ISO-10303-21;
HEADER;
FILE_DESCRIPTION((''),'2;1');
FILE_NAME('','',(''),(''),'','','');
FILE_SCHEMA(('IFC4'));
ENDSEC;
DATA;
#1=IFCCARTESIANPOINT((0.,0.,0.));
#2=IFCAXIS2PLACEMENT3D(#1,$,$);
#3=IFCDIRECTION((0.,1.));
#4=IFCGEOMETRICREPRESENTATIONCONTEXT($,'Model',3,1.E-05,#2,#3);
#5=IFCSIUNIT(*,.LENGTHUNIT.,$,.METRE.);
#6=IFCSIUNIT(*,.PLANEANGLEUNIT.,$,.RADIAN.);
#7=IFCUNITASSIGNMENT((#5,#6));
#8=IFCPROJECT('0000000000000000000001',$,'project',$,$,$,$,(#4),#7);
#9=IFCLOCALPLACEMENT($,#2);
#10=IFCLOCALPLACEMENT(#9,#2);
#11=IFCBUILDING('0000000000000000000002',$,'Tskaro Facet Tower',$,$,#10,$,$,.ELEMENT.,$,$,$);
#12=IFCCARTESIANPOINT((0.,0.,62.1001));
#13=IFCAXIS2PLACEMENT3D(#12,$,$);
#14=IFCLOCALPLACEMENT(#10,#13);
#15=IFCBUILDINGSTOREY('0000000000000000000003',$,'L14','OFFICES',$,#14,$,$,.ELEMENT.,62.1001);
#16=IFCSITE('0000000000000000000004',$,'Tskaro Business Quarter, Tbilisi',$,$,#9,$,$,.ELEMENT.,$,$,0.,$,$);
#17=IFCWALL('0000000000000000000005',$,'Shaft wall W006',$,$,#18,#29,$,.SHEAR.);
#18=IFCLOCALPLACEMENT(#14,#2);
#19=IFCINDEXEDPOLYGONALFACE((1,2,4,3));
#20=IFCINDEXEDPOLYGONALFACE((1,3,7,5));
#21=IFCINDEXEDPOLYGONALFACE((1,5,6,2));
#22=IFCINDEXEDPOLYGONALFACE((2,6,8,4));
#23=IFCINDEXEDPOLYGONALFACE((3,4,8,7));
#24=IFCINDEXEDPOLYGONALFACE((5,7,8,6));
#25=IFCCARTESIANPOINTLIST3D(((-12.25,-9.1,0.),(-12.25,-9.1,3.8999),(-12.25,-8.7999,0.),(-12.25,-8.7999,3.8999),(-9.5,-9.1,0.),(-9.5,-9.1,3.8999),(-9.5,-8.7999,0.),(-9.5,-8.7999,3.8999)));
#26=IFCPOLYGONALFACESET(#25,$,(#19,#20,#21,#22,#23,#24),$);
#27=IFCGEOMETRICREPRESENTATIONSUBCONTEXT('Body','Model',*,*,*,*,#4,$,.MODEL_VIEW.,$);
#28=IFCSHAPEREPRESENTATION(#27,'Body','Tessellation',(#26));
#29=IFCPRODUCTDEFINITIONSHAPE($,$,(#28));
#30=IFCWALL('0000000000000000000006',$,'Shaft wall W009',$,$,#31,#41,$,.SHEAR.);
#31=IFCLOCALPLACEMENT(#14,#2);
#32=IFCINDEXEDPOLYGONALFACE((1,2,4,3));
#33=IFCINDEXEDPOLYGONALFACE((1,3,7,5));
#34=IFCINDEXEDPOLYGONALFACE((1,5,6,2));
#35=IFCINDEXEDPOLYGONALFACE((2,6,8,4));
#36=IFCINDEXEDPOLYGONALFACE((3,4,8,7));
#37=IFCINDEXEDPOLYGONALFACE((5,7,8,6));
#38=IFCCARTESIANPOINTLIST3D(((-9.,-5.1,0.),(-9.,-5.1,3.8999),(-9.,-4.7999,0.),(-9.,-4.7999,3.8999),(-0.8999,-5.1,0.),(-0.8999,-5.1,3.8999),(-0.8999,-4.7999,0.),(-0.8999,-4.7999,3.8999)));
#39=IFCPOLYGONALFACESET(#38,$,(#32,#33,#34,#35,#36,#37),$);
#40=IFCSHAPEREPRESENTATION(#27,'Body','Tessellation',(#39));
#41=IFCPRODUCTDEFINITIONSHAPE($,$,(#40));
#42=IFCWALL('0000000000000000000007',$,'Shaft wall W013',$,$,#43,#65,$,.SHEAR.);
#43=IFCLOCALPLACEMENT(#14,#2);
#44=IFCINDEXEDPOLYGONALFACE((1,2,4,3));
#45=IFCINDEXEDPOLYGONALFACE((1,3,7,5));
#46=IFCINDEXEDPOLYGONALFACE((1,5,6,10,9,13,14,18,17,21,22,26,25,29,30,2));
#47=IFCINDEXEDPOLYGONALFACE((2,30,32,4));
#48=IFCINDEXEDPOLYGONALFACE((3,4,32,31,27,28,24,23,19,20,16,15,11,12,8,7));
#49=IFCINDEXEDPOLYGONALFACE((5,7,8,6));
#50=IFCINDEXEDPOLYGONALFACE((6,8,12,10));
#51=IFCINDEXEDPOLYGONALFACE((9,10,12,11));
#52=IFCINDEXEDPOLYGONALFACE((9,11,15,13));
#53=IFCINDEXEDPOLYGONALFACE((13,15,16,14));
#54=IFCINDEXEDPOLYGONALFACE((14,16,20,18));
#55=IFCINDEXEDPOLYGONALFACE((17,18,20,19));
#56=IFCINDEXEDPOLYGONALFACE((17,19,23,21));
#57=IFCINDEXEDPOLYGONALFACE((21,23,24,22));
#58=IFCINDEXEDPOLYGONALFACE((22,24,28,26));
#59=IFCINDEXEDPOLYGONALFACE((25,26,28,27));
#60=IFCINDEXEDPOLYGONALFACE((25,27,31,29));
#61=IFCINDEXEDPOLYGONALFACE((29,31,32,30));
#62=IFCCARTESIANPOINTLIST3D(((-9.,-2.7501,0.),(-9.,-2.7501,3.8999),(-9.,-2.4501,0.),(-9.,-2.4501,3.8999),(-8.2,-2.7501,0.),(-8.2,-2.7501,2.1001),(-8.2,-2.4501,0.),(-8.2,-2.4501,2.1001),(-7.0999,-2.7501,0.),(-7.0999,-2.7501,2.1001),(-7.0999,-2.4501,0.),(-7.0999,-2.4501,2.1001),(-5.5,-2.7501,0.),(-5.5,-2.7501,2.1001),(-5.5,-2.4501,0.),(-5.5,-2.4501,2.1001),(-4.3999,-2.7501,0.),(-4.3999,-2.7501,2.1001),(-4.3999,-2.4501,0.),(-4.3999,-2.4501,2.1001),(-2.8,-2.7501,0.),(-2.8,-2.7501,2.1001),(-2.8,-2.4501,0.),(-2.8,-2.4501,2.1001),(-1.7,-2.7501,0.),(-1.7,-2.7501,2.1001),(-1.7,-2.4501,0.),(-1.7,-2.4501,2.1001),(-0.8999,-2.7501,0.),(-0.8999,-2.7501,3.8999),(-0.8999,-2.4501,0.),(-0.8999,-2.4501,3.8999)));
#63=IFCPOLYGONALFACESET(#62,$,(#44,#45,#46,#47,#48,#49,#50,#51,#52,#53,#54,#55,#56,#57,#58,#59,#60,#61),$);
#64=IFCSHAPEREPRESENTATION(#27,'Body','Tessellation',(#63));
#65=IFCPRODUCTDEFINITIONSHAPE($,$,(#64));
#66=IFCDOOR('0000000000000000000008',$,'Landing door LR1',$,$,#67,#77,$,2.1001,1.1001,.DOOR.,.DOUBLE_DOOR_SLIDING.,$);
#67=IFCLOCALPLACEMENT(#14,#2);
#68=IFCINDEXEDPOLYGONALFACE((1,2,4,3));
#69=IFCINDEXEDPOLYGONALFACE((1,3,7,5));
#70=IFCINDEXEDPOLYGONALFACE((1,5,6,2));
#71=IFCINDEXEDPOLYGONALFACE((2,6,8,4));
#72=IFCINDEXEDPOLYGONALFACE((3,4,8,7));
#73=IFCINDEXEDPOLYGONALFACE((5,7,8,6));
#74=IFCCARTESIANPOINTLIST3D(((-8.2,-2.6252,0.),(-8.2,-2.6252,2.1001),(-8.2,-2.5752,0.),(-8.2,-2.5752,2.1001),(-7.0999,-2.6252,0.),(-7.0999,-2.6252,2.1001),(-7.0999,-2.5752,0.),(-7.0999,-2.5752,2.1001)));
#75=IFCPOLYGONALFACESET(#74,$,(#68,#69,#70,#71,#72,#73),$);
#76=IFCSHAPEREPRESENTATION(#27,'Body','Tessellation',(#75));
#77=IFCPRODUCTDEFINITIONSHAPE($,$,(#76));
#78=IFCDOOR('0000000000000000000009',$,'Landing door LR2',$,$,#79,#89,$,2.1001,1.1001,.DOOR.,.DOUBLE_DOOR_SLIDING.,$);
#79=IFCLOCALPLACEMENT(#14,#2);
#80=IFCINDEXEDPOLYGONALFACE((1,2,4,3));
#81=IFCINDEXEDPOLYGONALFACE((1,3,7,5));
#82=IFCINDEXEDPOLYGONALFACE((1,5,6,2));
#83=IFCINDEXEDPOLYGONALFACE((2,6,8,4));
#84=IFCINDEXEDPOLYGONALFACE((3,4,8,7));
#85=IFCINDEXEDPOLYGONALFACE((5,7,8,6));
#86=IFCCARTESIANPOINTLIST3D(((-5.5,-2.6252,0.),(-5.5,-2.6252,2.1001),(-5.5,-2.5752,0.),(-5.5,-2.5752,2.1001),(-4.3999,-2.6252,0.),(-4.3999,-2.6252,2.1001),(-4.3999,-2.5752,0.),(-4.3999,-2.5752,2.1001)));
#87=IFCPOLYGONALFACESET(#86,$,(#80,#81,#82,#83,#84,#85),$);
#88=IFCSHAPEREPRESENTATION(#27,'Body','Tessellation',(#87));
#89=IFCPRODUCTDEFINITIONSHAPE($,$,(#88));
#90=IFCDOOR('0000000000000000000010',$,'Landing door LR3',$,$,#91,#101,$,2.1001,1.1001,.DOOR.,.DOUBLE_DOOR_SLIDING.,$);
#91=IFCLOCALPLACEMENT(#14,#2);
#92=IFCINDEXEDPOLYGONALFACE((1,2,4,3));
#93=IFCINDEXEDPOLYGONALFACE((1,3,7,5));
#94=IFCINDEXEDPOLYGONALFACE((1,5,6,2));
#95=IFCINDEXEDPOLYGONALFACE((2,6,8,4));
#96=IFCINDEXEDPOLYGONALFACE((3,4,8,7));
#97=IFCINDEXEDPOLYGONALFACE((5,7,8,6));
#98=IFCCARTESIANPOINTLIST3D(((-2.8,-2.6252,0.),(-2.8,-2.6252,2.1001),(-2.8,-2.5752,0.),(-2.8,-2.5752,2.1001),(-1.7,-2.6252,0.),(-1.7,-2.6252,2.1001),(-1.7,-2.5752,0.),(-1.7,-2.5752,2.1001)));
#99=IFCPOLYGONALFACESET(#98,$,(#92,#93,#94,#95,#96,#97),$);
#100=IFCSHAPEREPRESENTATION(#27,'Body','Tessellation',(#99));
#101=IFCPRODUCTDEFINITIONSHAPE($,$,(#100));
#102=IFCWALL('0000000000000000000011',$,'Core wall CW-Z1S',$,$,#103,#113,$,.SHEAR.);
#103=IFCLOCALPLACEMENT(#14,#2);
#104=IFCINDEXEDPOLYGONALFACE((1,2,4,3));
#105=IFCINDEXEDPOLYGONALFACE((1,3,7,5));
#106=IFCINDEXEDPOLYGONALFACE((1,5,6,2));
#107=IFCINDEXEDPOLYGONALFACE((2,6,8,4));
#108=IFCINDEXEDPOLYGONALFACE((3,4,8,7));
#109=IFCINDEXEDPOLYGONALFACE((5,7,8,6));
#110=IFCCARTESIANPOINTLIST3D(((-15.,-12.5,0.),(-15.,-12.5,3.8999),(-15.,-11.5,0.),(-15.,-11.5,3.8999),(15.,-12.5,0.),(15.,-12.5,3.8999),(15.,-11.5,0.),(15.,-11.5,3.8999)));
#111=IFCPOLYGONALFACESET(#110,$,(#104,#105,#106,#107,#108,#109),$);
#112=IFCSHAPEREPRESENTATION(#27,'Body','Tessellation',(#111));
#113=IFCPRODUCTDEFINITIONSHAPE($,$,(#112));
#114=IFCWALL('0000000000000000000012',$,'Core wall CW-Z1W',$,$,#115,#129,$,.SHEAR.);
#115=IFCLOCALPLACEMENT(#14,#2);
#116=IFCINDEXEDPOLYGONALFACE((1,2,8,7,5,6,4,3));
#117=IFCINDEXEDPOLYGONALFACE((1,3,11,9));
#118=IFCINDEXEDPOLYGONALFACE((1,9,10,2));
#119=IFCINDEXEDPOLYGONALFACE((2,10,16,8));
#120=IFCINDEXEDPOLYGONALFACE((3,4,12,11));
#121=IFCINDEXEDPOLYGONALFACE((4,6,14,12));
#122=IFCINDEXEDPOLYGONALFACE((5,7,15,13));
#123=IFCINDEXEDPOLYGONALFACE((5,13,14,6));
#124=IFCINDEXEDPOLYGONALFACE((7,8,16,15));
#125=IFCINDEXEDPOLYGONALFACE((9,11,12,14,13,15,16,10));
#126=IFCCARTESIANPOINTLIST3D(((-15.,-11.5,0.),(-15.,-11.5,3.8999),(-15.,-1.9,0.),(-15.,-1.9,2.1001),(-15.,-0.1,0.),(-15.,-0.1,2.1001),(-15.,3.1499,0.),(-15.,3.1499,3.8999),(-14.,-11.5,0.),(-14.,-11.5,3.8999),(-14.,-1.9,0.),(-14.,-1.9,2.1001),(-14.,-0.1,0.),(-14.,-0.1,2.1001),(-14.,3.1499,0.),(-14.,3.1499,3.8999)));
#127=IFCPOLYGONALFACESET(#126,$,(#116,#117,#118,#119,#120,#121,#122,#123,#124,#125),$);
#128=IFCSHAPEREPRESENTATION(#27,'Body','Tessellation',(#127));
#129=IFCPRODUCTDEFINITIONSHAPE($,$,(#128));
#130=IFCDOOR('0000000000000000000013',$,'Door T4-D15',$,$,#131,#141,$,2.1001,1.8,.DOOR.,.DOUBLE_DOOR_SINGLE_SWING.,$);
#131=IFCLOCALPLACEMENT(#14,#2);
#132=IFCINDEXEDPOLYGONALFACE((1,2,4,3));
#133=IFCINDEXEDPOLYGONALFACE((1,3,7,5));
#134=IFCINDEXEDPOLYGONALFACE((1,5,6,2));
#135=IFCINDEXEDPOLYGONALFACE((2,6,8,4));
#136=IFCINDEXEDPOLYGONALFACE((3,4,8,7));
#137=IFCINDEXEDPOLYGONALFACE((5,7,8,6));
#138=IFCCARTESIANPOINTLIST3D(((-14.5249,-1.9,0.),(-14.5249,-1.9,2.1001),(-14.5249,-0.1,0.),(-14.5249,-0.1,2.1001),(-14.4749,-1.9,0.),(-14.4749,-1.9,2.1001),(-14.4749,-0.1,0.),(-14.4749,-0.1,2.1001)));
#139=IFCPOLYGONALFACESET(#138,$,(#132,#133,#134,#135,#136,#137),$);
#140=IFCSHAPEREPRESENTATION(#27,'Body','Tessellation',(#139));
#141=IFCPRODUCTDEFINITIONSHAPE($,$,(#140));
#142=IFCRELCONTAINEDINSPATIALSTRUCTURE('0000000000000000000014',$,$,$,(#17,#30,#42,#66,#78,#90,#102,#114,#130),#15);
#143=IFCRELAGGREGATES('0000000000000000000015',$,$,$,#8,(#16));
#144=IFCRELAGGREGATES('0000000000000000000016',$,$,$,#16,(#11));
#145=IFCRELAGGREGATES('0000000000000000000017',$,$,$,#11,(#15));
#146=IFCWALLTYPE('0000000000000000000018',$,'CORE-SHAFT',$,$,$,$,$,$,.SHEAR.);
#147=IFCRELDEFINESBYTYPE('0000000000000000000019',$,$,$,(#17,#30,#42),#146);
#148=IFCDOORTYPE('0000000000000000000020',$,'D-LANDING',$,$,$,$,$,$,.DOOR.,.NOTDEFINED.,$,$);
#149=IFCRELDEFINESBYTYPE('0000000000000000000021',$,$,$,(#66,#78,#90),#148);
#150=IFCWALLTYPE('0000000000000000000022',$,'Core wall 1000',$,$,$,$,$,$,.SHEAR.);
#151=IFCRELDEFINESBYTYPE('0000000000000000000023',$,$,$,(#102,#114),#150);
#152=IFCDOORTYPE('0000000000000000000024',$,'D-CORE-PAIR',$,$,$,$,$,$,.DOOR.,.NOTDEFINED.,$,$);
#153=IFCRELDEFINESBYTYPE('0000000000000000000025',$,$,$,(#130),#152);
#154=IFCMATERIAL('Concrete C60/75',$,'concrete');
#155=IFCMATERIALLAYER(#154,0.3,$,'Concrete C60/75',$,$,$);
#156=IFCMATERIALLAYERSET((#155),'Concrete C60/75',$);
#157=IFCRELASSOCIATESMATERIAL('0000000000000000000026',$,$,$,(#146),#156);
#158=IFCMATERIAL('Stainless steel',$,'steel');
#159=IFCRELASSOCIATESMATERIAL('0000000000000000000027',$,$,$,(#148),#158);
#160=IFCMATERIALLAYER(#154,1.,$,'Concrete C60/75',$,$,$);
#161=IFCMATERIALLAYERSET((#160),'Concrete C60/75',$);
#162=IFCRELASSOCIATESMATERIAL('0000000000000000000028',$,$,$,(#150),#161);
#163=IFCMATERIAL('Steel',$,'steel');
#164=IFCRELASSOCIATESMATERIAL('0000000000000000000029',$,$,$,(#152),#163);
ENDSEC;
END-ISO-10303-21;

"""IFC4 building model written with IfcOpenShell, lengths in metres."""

from ifc_helpers import new_model, si_unit, direction, frame, frame_2d, origin, place, context, subcontext, project, spatial, rectangle, extrude, material, layer, layer_set, type_object, element, fill, save


model = new_model("IFC4")

# Units and contexts
model_context = context("Model", 3, precision=1e-05, world=origin(), true_north=direction((0.0, 1.0)))
body_context = subcontext(model_context, "Body", "Model", "MODEL_VIEW")
ifc_project = project(units=[si_unit("LENGTHUNIT", "METRE"), si_unit("PLANEANGLEUNIT", "RADIAN")], contexts=[model_context])

# Site, building, storey
site_placement = place(None, origin())
site = spatial("IfcSite", under=ifc_project, at=site_placement, Name="Tskaro Business Quarter, Tbilisi", CompositionType="ELEMENT", RefElevation=0.0)
building_placement = place(site_placement, origin())
building = spatial("IfcBuilding", under=site, at=building_placement, Name="Tskaro Facet Tower", CompositionType="ELEMENT")
storey_placement = place(building_placement, frame((0.0, 0.0, 62.1001)))
storey = spatial("IfcBuildingStorey", under=building, at=storey_placement, Name="L14", Description="OFFICES", CompositionType="ELEMENT", Elevation=62.1001)

# Walls
ifc_material_1 = material(Name="Concrete C60/75", Category="concrete")
ifc_layer_1 = layer(ifc_material_1, 0.3, Name="Concrete C60/75")
ifc_layer_set_1 = layer_set([ifc_layer_1], Name="Concrete C60/75")
wall_type_1 = type_object("IfcWallType", Name="CORE-SHAFT", PredefinedType="SHEAR", material=ifc_layer_set_1)
wall_1_placement = place(storey_placement, frame((-12.25, -8.95, 0.0), z_axis=(0.0, 0.0, 1.0), x_axis=(1.0, 0.0, 0.0)))
element("IfcWall", 1, at=wall_1_placement, inside=storey, type_object=wall_type_1, Name="Shaft wall W006", PredefinedType="SHEAR", context=body_context, shape_type="SweptSolid", body=[
    extrude(rectangle(XDim=2.75, YDim=0.3, at=frame_2d((1.375, 0.0))), origin(), (0.0, 0.0, 1.0), 3.8999),
])
wall_2_placement = place(storey_placement, frame((-9.0, -4.95, 0.0), z_axis=(0.0, 0.0, 1.0), x_axis=(1.0, 0.0, 0.0)))
element("IfcWall", 2, at=wall_2_placement, inside=storey, type_object=wall_type_1, Name="Shaft wall W009", PredefinedType="SHEAR", context=body_context, shape_type="SweptSolid", body=[
    extrude(rectangle(XDim=8.1001, YDim=0.3, at=frame_2d((4.05, 0.0))), origin(), (0.0, 0.0, 1.0), 3.8999),
])

# Wall, openings, doors
wall_3_placement = place(storey_placement, frame((-9.0, -2.6001, 0.0), z_axis=(0.0, 0.0, 1.0), x_axis=(1.0, 0.0, 0.0)))
wall_3 = element("IfcWall", 3, at=wall_3_placement, inside=storey, type_object=wall_type_1, Name="Shaft wall W013", PredefinedType="SHEAR", context=body_context, shape_type="SweptSolid", body=[
    extrude(rectangle(XDim=8.1001, YDim=0.3, at=frame_2d((4.05, 0.0))), origin(), (0.0, 0.0, 1.0), 3.8999),
])
opening_1_placement = place(wall_3_placement, frame((0.8, 0.0, 0.0)))
opening_1 = element("IfcOpeningElement", 4, at=opening_1_placement, cuts=wall_3, PredefinedType="OPENING", context=body_context, shape_type="SweptSolid", body=[
    extrude(rectangle(XDim=1.1001, YDim=2.1001, at=frame_2d((0.55, 1.05))), frame((0.0, 0.1599, 0.0), z_axis=(0.0, -1.0, 0.0), x_axis=(1.0, 0.0, 0.0)), (0.0, 0.0, 1.0), 0.3201),
])
opening_2_placement = place(wall_3_placement, frame((3.5, 0.0, 0.0)))
opening_2 = element("IfcOpeningElement", 5, at=opening_2_placement, cuts=wall_3, PredefinedType="OPENING", context=body_context, shape_type="SweptSolid", body=[
    extrude(rectangle(XDim=1.1001, YDim=2.1001, at=frame_2d((0.55, 1.05))), frame((0.0, 0.1599, 0.0), z_axis=(0.0, -1.0, 0.0), x_axis=(1.0, 0.0, 0.0)), (0.0, 0.0, 1.0), 0.3201),
])
opening_3_placement = place(wall_3_placement, frame((6.2, 0.0, 0.0)))
opening_3 = element("IfcOpeningElement", 6, at=opening_3_placement, cuts=wall_3, PredefinedType="OPENING", context=body_context, shape_type="SweptSolid", body=[
    extrude(rectangle(XDim=1.1001, YDim=2.1001, at=frame_2d((0.55, 1.05))), frame((0.0, 0.1599, 0.0), z_axis=(0.0, -1.0, 0.0), x_axis=(1.0, 0.0, 0.0)), (0.0, 0.0, 1.0), 0.3201),
])
ifc_material_2 = material(Name="Stainless steel", Category="steel")
door_type_1 = type_object("IfcDoorType", Name="D-LANDING", OperationType="NOTDEFINED", PredefinedType="DOOR", material=ifc_material_2)
door_1_placement = place(opening_1_placement, origin())
door_1 = element("IfcDoor", 7, at=door_1_placement, inside=storey, type_object=door_type_1, Name="Landing door LR1", OperationType="DOUBLE_DOOR_SLIDING", OverallHeight=2.1001, OverallWidth=1.1001, PredefinedType="DOOR", context=body_context, shape_type="SweptSolid", body=[
    extrude(rectangle(XDim=1.1001, YDim=2.1001, at=frame_2d((0.55, 1.05))), frame((0.0, 0.0249, 0.0), z_axis=(0.0, -1.0, 0.0), x_axis=(1.0, 0.0, 0.0)), (0.0, 0.0, 1.0), 0.05),
])
fill(opening_1, door_1)
door_2_placement = place(opening_2_placement, origin())
door_2 = element("IfcDoor", 8, at=door_2_placement, inside=storey, type_object=door_type_1, Name="Landing door LR2", OperationType="DOUBLE_DOOR_SLIDING", OverallHeight=2.1001, OverallWidth=1.1001, PredefinedType="DOOR", context=body_context, shape_type="SweptSolid", body=[
    extrude(rectangle(XDim=1.1001, YDim=2.1001, at=frame_2d((0.55, 1.05))), frame((0.0, 0.0249, 0.0), z_axis=(0.0, -1.0, 0.0), x_axis=(1.0, 0.0, 0.0)), (0.0, 0.0, 1.0), 0.05),
])
fill(opening_2, door_2)
door_3_placement = place(opening_3_placement, origin())
door_3 = element("IfcDoor", 9, at=door_3_placement, inside=storey, type_object=door_type_1, Name="Landing door LR3", OperationType="DOUBLE_DOOR_SLIDING", OverallHeight=2.1001, OverallWidth=1.1001, PredefinedType="DOOR", context=body_context, shape_type="SweptSolid", body=[
    extrude(rectangle(XDim=1.1001, YDim=2.1001, at=frame_2d((0.55, 1.05))), frame((0.0, 0.0249, 0.0), z_axis=(0.0, -1.0, 0.0), x_axis=(1.0, 0.0, 0.0)), (0.0, 0.0, 1.0), 0.05),
])
fill(opening_3, door_3)

# Wall
ifc_layer_2 = layer(ifc_material_1, 1.0, Name="Concrete C60/75")
ifc_layer_set_2 = layer_set([ifc_layer_2], Name="Concrete C60/75")
wall_type_2 = type_object("IfcWallType", Name="Core wall 1000", PredefinedType="SHEAR", material=ifc_layer_set_2)
wall_4_placement = place(storey_placement, frame((-15.0, -12.0, 0.0), z_axis=(0.0, 0.0, 1.0), x_axis=(1.0, 0.0, 0.0)))
element("IfcWall", 10, at=wall_4_placement, inside=storey, type_object=wall_type_2, Name="Core wall CW-Z1S", PredefinedType="SHEAR", context=body_context, shape_type="SweptSolid", body=[
    extrude(rectangle(XDim=30.0, YDim=1.0, at=frame_2d((15.0, 0.0))), origin(), (0.0, 0.0, 1.0), 3.8999),
])

# Wall, opening, door
wall_5_placement = place(storey_placement, frame((-14.5, -11.5, 0.0), z_axis=(0.0, 0.0, 1.0), x_axis=(0.0, 1.0, 0.0)))
wall_5 = element("IfcWall", 11, at=wall_5_placement, inside=storey, type_object=wall_type_2, Name="Core wall CW-Z1W", PredefinedType="SHEAR", context=body_context, shape_type="SweptSolid", body=[
    extrude(rectangle(XDim=14.6499, YDim=1.0, at=frame_2d((7.325, 0.0))), origin(), (0.0, 0.0, 1.0), 3.8999),
])
opening_4_placement = place(wall_5_placement, frame((9.6001, 0.0, 0.0)))
opening_4 = element("IfcOpeningElement", 12, at=opening_4_placement, cuts=wall_5, PredefinedType="OPENING", context=body_context, shape_type="SweptSolid", body=[
    extrude(rectangle(XDim=1.8, YDim=2.1001, at=frame_2d((0.8999, 1.05))), frame((0.0, 0.51, 0.0), z_axis=(0.0, -1.0, 0.0), x_axis=(1.0, 0.0, 0.0)), (0.0, 0.0, 1.0), 1.02),
])
ifc_material_3 = material(Name="Steel", Category="steel")
door_type_2 = type_object("IfcDoorType", Name="D-CORE-PAIR", OperationType="NOTDEFINED", PredefinedType="DOOR", material=ifc_material_3)
door_4_placement = place(opening_4_placement, origin())
door_4 = element("IfcDoor", 13, at=door_4_placement, inside=storey, type_object=door_type_2, Name="Door T4-D15", OperationType="DOUBLE_DOOR_SINGLE_SWING", OverallHeight=2.1001, OverallWidth=1.8, PredefinedType="DOOR", context=body_context, shape_type="SweptSolid", body=[
    extrude(rectangle(XDim=1.8, YDim=2.1001, at=frame_2d((0.8999, 1.05))), frame((0.0, 0.0249, 0.0), z_axis=(0.0, -1.0, 0.0), x_axis=(1.0, 0.0, 0.0)), (0.0, 0.0, 1.0), 0.05),
])
fill(opening_4, door_4)

save(model, "model.ifc")
